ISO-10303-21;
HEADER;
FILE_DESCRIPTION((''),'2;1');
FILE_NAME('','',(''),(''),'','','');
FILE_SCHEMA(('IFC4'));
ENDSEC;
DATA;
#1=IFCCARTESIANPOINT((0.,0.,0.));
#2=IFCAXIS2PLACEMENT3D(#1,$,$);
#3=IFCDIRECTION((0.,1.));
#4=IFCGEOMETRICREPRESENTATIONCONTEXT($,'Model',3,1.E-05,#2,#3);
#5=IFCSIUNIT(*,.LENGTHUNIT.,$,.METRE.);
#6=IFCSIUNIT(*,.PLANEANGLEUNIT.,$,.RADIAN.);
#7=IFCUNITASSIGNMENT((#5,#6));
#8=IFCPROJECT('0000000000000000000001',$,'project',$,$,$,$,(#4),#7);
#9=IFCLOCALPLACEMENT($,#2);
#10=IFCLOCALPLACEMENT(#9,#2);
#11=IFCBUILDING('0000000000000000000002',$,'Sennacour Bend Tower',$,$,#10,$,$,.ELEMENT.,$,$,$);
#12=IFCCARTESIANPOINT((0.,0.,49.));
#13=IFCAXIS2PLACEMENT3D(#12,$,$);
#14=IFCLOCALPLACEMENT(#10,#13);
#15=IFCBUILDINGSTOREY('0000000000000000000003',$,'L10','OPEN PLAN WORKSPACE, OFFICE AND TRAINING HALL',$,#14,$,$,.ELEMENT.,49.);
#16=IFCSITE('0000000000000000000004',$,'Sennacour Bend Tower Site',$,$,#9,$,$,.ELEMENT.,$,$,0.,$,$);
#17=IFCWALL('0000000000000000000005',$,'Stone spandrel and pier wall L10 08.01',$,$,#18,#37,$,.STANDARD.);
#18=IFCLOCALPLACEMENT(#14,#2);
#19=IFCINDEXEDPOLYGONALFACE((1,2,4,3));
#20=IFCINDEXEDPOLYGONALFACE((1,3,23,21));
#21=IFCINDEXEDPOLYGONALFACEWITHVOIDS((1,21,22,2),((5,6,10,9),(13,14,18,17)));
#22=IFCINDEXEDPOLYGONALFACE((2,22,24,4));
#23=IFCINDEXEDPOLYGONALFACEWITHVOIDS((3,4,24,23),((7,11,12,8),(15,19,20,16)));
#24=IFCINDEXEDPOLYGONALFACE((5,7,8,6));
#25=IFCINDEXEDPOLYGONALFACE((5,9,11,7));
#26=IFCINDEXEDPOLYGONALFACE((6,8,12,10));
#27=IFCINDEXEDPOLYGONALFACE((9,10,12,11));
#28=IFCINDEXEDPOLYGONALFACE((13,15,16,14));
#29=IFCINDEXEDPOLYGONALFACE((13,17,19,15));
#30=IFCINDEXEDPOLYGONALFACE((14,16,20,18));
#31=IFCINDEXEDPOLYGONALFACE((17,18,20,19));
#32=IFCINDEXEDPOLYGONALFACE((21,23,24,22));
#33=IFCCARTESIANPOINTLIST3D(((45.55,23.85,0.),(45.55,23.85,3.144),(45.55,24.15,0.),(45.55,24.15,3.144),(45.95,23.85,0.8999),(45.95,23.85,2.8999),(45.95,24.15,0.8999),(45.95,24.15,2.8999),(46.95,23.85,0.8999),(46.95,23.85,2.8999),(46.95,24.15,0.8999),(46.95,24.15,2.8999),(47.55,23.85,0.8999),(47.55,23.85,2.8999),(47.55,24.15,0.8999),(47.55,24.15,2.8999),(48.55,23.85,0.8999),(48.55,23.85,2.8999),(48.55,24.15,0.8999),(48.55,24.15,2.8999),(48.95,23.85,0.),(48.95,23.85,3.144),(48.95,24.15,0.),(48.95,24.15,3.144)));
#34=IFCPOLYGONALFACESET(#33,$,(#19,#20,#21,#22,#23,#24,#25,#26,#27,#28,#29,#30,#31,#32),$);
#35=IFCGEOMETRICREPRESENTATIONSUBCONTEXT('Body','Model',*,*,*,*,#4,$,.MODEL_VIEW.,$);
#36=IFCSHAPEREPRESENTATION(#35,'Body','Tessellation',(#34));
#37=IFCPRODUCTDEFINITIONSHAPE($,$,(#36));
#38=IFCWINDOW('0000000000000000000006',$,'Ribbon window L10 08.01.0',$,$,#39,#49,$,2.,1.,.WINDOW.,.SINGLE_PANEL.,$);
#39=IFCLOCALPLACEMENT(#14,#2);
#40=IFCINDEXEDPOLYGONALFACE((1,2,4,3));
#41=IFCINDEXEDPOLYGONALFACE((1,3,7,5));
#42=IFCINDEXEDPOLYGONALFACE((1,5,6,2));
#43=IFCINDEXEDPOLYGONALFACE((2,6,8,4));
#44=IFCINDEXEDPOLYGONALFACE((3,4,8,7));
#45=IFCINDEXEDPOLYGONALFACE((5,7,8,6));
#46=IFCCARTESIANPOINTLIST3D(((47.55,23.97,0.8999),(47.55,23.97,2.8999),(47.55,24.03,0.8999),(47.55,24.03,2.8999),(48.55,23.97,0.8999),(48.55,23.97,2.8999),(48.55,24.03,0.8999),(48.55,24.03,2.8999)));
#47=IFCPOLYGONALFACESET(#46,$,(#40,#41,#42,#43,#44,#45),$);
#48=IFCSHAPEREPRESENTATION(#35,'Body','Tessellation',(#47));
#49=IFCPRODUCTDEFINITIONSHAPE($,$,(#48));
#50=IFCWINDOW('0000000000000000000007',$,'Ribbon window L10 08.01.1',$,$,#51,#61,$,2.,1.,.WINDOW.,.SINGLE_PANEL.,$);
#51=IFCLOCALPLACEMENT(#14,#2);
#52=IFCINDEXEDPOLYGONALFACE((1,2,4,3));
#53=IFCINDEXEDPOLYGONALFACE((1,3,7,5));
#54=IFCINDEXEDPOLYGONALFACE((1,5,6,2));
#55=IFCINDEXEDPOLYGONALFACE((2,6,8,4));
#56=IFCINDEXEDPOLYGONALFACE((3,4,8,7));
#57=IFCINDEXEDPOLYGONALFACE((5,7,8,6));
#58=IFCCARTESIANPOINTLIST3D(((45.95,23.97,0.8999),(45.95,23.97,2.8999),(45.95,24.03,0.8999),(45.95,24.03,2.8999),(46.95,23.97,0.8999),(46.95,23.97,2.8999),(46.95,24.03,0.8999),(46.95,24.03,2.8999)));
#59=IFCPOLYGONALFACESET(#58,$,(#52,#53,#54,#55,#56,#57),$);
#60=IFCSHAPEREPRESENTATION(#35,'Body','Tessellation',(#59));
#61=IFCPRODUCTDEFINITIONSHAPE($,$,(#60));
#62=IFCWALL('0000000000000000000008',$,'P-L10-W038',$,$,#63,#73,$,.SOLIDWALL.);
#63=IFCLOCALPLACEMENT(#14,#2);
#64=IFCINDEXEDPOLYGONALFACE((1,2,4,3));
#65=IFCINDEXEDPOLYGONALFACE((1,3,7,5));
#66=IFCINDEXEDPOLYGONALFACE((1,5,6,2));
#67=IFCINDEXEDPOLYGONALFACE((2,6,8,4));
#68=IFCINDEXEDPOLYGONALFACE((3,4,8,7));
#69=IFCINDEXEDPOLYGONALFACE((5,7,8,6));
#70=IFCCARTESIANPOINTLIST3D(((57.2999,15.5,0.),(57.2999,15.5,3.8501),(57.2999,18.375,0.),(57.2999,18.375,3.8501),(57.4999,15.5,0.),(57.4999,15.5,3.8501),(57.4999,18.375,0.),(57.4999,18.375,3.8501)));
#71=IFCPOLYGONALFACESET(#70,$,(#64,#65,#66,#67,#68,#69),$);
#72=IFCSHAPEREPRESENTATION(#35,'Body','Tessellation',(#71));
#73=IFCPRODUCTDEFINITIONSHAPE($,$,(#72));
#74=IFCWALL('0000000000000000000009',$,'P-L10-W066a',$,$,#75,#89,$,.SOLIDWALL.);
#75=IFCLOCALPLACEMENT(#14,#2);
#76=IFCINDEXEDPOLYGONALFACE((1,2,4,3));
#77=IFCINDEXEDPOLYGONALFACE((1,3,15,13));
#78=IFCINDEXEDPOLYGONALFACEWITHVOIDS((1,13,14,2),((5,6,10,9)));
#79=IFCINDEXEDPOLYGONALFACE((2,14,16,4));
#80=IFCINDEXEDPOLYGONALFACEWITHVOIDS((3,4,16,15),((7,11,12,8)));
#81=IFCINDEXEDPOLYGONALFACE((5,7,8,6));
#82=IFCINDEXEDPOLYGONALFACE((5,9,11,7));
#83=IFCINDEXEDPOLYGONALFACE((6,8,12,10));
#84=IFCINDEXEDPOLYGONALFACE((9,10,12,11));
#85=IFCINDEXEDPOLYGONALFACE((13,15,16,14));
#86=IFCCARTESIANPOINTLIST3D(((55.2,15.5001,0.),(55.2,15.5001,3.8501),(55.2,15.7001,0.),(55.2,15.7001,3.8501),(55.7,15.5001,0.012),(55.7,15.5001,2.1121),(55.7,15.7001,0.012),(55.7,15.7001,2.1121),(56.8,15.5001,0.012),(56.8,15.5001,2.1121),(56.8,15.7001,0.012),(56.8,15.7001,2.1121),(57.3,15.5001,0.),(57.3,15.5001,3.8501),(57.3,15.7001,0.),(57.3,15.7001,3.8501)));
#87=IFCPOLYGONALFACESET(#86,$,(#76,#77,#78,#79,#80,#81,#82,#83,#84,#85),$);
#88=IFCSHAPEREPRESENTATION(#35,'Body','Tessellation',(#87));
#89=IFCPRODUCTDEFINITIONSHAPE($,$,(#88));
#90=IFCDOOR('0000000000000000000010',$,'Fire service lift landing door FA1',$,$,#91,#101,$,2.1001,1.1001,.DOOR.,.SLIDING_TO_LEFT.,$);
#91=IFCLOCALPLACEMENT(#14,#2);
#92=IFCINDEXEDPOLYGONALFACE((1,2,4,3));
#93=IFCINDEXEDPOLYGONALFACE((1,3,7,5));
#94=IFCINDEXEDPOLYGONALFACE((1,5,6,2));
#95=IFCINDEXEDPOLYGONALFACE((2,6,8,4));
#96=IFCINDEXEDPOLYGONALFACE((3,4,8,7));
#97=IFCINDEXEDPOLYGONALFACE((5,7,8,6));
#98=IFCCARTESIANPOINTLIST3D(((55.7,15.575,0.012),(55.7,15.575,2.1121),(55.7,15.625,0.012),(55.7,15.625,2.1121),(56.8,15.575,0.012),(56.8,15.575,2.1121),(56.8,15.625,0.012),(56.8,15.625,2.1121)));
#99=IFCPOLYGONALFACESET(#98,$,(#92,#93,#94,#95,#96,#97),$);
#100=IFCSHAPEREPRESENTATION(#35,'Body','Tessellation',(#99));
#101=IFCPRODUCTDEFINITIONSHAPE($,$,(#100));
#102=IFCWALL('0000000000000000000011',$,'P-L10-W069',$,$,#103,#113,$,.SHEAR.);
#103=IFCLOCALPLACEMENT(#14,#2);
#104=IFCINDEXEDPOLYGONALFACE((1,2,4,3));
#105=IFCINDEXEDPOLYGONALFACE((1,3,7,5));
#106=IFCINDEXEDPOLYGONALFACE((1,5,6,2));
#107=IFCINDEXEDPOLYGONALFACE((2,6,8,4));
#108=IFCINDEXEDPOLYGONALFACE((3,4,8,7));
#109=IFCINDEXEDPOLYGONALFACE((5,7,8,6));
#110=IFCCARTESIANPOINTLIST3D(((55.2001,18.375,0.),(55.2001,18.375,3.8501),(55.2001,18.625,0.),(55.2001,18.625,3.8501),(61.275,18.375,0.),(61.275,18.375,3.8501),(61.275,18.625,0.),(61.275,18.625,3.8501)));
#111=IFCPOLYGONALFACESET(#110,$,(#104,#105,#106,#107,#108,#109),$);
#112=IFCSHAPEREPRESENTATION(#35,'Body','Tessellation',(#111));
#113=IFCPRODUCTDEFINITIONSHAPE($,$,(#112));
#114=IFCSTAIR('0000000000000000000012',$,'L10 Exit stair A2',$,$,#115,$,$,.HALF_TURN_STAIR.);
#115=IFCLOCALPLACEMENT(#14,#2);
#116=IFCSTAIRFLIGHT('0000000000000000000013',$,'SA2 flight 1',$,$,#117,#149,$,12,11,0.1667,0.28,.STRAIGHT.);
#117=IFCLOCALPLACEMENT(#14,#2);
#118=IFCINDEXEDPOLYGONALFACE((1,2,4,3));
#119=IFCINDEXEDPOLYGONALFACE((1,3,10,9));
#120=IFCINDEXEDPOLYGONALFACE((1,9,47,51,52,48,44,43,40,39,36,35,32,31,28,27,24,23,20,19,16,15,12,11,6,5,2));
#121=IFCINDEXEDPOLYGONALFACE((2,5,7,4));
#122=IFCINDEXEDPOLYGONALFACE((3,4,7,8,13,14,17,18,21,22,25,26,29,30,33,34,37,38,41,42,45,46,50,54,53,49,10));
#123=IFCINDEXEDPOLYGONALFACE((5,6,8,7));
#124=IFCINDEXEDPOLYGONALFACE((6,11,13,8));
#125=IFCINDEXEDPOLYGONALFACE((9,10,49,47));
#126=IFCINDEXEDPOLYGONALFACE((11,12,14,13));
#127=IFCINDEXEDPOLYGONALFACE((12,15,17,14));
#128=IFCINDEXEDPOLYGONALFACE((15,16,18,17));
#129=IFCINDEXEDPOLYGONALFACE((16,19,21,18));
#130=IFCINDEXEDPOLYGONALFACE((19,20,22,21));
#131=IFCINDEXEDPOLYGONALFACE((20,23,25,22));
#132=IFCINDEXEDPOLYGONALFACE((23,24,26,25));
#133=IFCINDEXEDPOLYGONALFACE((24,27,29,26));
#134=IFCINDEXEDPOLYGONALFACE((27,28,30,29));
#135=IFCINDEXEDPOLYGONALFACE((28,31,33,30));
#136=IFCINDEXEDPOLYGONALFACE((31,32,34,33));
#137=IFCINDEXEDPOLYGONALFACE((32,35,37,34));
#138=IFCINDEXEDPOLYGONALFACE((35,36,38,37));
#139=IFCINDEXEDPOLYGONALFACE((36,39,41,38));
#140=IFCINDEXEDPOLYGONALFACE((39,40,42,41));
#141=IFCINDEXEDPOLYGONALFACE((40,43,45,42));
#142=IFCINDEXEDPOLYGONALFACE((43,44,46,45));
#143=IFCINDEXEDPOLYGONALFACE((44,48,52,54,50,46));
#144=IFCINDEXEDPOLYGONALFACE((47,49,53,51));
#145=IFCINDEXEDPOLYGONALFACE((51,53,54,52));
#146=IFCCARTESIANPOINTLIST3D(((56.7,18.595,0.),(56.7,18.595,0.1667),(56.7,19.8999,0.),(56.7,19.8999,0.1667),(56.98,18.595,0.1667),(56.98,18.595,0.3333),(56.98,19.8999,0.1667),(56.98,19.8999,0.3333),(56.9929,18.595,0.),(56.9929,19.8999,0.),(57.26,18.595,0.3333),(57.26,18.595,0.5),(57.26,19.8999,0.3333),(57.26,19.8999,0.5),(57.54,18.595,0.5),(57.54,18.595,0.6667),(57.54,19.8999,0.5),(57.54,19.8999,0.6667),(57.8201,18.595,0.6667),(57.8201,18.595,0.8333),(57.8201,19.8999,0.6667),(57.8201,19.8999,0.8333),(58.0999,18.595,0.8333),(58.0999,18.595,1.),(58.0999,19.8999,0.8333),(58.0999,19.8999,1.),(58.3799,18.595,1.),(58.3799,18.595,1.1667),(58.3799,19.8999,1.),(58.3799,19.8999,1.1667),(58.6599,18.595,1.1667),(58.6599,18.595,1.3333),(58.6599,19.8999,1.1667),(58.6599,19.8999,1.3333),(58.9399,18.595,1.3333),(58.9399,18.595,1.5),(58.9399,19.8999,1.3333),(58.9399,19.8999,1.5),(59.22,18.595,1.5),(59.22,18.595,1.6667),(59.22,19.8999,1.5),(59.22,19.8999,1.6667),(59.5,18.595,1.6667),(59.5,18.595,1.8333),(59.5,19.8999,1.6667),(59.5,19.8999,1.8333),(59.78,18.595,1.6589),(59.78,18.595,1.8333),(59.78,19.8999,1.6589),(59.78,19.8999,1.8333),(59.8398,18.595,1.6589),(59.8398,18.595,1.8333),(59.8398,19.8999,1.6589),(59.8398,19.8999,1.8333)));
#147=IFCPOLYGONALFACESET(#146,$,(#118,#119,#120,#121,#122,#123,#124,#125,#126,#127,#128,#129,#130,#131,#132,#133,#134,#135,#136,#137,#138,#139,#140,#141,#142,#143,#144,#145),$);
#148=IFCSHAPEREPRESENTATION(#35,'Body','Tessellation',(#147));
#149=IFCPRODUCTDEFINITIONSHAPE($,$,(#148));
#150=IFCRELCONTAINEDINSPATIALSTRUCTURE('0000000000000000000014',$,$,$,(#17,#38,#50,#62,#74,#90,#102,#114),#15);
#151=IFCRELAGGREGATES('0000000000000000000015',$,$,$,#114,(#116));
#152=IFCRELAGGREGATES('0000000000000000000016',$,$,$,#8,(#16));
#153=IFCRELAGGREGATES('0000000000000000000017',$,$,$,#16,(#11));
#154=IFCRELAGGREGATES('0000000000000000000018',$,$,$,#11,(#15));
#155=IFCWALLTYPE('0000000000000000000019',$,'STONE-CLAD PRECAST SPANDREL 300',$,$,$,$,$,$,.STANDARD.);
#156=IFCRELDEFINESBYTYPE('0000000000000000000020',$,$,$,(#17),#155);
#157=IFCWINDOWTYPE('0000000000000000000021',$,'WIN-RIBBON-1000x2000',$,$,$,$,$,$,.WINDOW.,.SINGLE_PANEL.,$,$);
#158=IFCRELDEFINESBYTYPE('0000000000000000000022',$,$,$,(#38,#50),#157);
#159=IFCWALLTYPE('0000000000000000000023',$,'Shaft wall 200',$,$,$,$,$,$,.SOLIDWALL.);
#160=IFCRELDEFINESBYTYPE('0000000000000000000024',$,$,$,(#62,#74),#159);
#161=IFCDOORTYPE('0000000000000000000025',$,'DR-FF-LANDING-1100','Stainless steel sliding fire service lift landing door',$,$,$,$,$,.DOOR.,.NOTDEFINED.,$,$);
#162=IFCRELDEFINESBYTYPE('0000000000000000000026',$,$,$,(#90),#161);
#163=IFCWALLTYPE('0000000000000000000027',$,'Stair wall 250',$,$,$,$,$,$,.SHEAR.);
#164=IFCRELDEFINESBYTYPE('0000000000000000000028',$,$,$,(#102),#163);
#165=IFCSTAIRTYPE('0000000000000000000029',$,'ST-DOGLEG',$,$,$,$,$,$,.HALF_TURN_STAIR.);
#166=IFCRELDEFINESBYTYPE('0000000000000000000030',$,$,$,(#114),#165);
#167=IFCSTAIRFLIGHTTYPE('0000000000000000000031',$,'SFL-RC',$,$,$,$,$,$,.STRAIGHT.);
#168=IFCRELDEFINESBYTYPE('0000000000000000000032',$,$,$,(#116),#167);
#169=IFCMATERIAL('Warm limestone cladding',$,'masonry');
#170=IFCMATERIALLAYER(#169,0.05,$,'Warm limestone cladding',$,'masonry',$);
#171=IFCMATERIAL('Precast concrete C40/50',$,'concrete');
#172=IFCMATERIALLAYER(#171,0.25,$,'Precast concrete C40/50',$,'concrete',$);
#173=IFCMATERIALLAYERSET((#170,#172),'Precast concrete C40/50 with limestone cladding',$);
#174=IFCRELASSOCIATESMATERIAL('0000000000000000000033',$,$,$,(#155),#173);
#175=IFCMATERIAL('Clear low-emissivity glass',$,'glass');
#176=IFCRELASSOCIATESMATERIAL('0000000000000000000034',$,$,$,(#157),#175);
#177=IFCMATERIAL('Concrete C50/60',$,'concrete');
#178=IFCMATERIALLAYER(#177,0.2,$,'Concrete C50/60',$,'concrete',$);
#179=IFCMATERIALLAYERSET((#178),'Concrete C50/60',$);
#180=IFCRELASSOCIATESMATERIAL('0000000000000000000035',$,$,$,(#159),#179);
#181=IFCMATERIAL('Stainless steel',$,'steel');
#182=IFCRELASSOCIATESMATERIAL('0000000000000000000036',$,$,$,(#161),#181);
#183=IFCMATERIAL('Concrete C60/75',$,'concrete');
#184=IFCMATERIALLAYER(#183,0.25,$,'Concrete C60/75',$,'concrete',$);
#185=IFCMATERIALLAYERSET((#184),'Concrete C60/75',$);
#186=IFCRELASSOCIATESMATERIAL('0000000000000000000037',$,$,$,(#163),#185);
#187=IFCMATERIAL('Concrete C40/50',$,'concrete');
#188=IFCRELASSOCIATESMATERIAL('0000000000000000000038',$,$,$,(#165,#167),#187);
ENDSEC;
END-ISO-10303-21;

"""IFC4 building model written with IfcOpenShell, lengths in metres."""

from ifc_helpers import new_model, si_unit, direction, frame, frame_2d, origin, place, context, subcontext, project, spatial, polyline, rectangle, outline, extrude, material, layer, layer_set, type_object, element, fill, aggregate, save


model = new_model("IFC4")

# Units and contexts
model_context = context("Model", 3, precision=1e-05, world=origin(), true_north=direction((0.0, 1.0)))
body_context = subcontext(model_context, "Body", "Model", "MODEL_VIEW")
ifc_project = project(units=[si_unit("LENGTHUNIT", "METRE"), si_unit("PLANEANGLEUNIT", "RADIAN")], contexts=[model_context])

# Site, building, storey
site_placement = place(None, origin())
site = spatial("IfcSite", under=ifc_project, at=site_placement, Name="Sennacour Bend Tower Site", CompositionType="ELEMENT", RefElevation=0.0)
building_placement = place(site_placement, origin())
building = spatial("IfcBuilding", under=site, at=building_placement, Name="Sennacour Bend Tower", CompositionType="ELEMENT")
storey_placement = place(building_placement, frame((0.0, 0.0, 49.0)))
storey = spatial("IfcBuildingStorey", under=building, at=storey_placement, Name="L10", Description="OPEN PLAN WORKSPACE, OFFICE AND TRAINING HALL", CompositionType="ELEMENT", Elevation=49.0)

# Shared definitions
ifc_material_1 = material(Name="Warm limestone cladding", Category="masonry")
ifc_layer_1 = layer(ifc_material_1, 0.05, Name="Warm limestone cladding", Category="masonry")
ifc_material_2 = material(Name="Precast concrete C40/50", Category="concrete")
ifc_layer_2 = layer(ifc_material_2, 0.25, Name="Precast concrete C40/50", Category="concrete")
ifc_layer_set_1 = layer_set([ifc_layer_1, ifc_layer_2], Name="Precast concrete C40/50 with limestone cladding")
wall_type_1 = type_object("IfcWallType", Name="STONE-CLAD PRECAST SPANDREL 300", PredefinedType="STANDARD", material=ifc_layer_set_1)

# Wall, openings, windows
ifc_material_3 = material(Name="Clear low-emissivity glass", Category="glass")
window_type = type_object("IfcWindowType", Name="WIN-RIBBON-1000x2000", PartitioningType="SINGLE_PANEL", PredefinedType="WINDOW", material=ifc_material_3)
wall_1_placement = place(storey_placement, frame((48.95, 24.0, 0.0), z_axis=(0.0, 0.0, 1.0), x_axis=(-1.0, 0.0, 0.0)))
wall_1 = element("IfcWall", 1, at=wall_1_placement, inside=storey, type_object=wall_type_1, Name="Stone spandrel and pier wall L10 08.01", PredefinedType="STANDARD", context=body_context, shape_type="SweptSolid", body=[
    extrude(rectangle(XDim=3.3999, YDim=0.3, at=frame_2d((1.7, 0.0))), origin(), (0.0, 0.0, 1.0), 3.144),
])
opening_1_placement = place(wall_1_placement, frame((0.3999, 0.0, 0.8999)))
opening_1 = element("IfcOpeningElement", 2, at=opening_1_placement, cuts=wall_1, PredefinedType="OPENING", context=body_context, shape_type="SweptSolid", body=[
    extrude(rectangle(XDim=1.0, YDim=2.0, at=frame_2d((0.5, 1.0))), frame((0.0, 0.1602, 0.0), z_axis=(0.0, -1.0, 0.0), x_axis=(1.0, 0.0, 0.0)), (0.0, 0.0, 1.0), 0.3201),
])
opening_2_placement = place(wall_1_placement, frame((2.0, 0.0, 0.8999)))
opening_2 = element("IfcOpeningElement", 3, at=opening_2_placement, cuts=wall_1, PredefinedType="OPENING", context=body_context, shape_type="SweptSolid", body=[
    extrude(rectangle(XDim=1.0, YDim=2.0, at=frame_2d((0.5, 1.0))), frame((0.0, 0.1602, 0.0), z_axis=(0.0, -1.0, 0.0), x_axis=(1.0, 0.0, 0.0)), (0.0, 0.0, 1.0), 0.3201),
])
window_1_placement = place(opening_1_placement, origin())
window_1 = element("IfcWindow", 4, at=window_1_placement, inside=storey, type_object=window_type, Name="Ribbon window L10 08.01.0", OverallHeight=2.0, OverallWidth=1.0, PartitioningType="SINGLE_PANEL", PredefinedType="WINDOW", context=body_context, shape_type="SweptSolid", body=[
    extrude(rectangle(XDim=1.0, YDim=2.0, at=frame_2d((0.5, 1.0))), frame((0.0, 0.03, 0.0), z_axis=(0.0, -1.0, 0.0), x_axis=(1.0, 0.0, 0.0)), (0.0, 0.0, 1.0), 0.0601),
])
fill(opening_1, window_1)
window_2_placement = place(opening_2_placement, origin())
window_2 = element("IfcWindow", 5, at=window_2_placement, inside=storey, type_object=window_type, Name="Ribbon window L10 08.01.1", OverallHeight=2.0, OverallWidth=1.0, PartitioningType="SINGLE_PANEL", PredefinedType="WINDOW", context=body_context, shape_type="SweptSolid", body=[
    extrude(rectangle(XDim=1.0, YDim=2.0, at=frame_2d((0.5, 1.0))), frame((0.0, 0.03, 0.0), z_axis=(0.0, -1.0, 0.0), x_axis=(1.0, 0.0, 0.0)), (0.0, 0.0, 1.0), 0.0601),
])
fill(opening_2, window_2)

# Wall
ifc_material_4 = material(Name="Concrete C50/60", Category="concrete")
ifc_layer_3 = layer(ifc_material_4, 0.2, Name="Concrete C50/60", Category="concrete")
ifc_layer_set_2 = layer_set([ifc_layer_3], Name="Concrete C50/60")
wall_type_2 = type_object("IfcWallType", Name="Shaft wall 200", PredefinedType="SOLIDWALL", material=ifc_layer_set_2)
wall_2_placement = place(storey_placement, frame((57.3999, 15.5, 0.0), z_axis=(0.0, 0.0, 1.0), x_axis=(0.0, 1.0, 0.0)))
element("IfcWall", 6, at=wall_2_placement, inside=storey, type_object=wall_type_2, Name="P-L10-W038", PredefinedType="SOLIDWALL", context=body_context, shape_type="SweptSolid", body=[
    extrude(rectangle(XDim=2.875, YDim=0.2, at=frame_2d((1.4375, 0.0))), origin(), (0.0, 0.0, 1.0), 3.8501),
])

# Wall, opening, door
wall_3_placement = place(storey_placement, frame((55.2, 15.6001, 0.0), z_axis=(0.0, 0.0, 1.0), x_axis=(1.0, 0.0, 0.0)))
wall_3 = element("IfcWall", 7, at=wall_3_placement, inside=storey, type_object=wall_type_2, Name="P-L10-W066a", PredefinedType="SOLIDWALL", context=body_context, shape_type="SweptSolid", body=[
    extrude(rectangle(XDim=2.1001, YDim=0.2, at=frame_2d((1.05, 0.0))), origin(), (0.0, 0.0, 1.0), 3.8501),
])
opening_3_placement = place(wall_3_placement, frame((0.5, 0.0, 0.012)))
opening_3 = element("IfcOpeningElement", 8, at=opening_3_placement, cuts=wall_3, PredefinedType="OPENING", context=body_context, shape_type="SweptSolid", body=[
    extrude(rectangle(XDim=1.1001, YDim=2.1001, at=frame_2d((0.55, 1.05))), frame((0.0, 0.1099, 0.0), z_axis=(0.0, -1.0, 0.0), x_axis=(1.0, 0.0, 0.0)), (0.0, 0.0, 1.0), 0.22),
])
ifc_material_5 = material(Name="Stainless steel", Category="steel")
door_type_1 = type_object("IfcDoorType", Name="DR-FF-LANDING-1100", Description="Stainless steel sliding fire service lift landing door", OperationType="NOTDEFINED", PredefinedType="DOOR", material=ifc_material_5)
door_1_placement = place(opening_3_placement, origin())
door_1 = element("IfcDoor", 9, at=door_1_placement, inside=storey, type_object=door_type_1, Name="Fire service lift landing door FA1", OperationType="SLIDING_TO_LEFT", OverallHeight=2.1001, OverallWidth=1.1001, PredefinedType="DOOR", context=body_context, shape_type="SweptSolid", body=[
    extrude(rectangle(XDim=1.1001, YDim=2.1001, at=frame_2d((0.55, 1.05))), frame((0.0, 0.0249, 0.0), z_axis=(0.0, -1.0, 0.0), x_axis=(1.0, 0.0, 0.0)), (0.0, 0.0, 1.0), 0.05),
])
fill(opening_3, door_1)

# Wall
ifc_material_6 = material(Name="Concrete C60/75", Category="concrete")
ifc_layer_4 = layer(ifc_material_6, 0.25, Name="Concrete C60/75", Category="concrete")
ifc_layer_set_3 = layer_set([ifc_layer_4], Name="Concrete C60/75")
wall_type_3 = type_object("IfcWallType", Name="Stair wall 250", PredefinedType="SHEAR", material=ifc_layer_set_3)
wall_4_placement = place(storey_placement, frame((55.2, 18.5, 0.0), z_axis=(0.0, 0.0, 1.0), x_axis=(1.0, 0.0, 0.0)))
element("IfcWall", 10, at=wall_4_placement, inside=storey, type_object=wall_type_3, Name="P-L10-W069", PredefinedType="SHEAR", context=body_context, shape_type="SweptSolid", body=[
    extrude(rectangle(XDim=6.075, YDim=0.25, at=frame_2d((3.0376, 0.0))), origin(), (0.0, 0.0, 1.0), 3.8501),
])

# Stair, stair flight
ifc_material_7 = material(Name="Concrete C40/50", Category="concrete")
stair_type = type_object("IfcStairType", Name="ST-DOGLEG", PredefinedType="HALF_TURN_STAIR", material=ifc_material_7)
stair_placement = place(storey_placement, origin())
stair = element("IfcStair", 11, at=stair_placement, inside=storey, type_object=stair_type, Name="L10 Exit stair A2", PredefinedType="HALF_TURN_STAIR")
stair_flight_type = type_object("IfcStairFlightType", Name="SFL-RC", PredefinedType="STRAIGHT", material=ifc_material_7)
stair_flight_placement = place(storey_placement, frame((56.7, 19.2476, 0.0), z_axis=(0.0, 0.0, 1.0), x_axis=(1.0, 0.0, 0.0)))
stair_flight = element("IfcStairFlight", 12, at=stair_flight_placement, type_object=stair_flight_type, Name="SA2 flight 1", NumberOfRisers=12, NumberOfTreads=11, PredefinedType="STRAIGHT", RiserHeight=0.1667, TreadLength=0.28, context=body_context, shape_type="SweptSolid", body=[
    extrude(outline(polyline([(0.0, 0.0), (0.0, 0.1667), (0.28, 0.1667), (0.28, 0.3333), (0.5601, 0.3333), (0.5601, 0.5), (0.8401, 0.5), (0.8401, 0.6667), (1.1201, 0.6667), (1.1201, 0.8333), (1.3999, 0.8333), (1.3999, 1.0), (1.6799, 1.0), (1.6799, 1.1667), (1.96, 1.1667), (1.96, 1.3333), (2.24, 1.3333), (2.24, 1.5), (2.52, 1.5), (2.52, 1.6667), (2.8, 1.6667), (2.8, 1.8333), (3.0801, 1.8333), (3.1399, 1.8333), (3.1399, 1.6589), (3.0801, 1.6589), (0.293, 0.0), (0.0, 0.0)])), frame((0.0, 0.6523, 0.0), z_axis=(0.0, -1.0, 0.0), x_axis=(1.0, 0.0, 0.0)), (0.0, 0.0, 1.0), 1.3049),
])
aggregate(stair, [stair_flight])

save(model, "model.ifc")
